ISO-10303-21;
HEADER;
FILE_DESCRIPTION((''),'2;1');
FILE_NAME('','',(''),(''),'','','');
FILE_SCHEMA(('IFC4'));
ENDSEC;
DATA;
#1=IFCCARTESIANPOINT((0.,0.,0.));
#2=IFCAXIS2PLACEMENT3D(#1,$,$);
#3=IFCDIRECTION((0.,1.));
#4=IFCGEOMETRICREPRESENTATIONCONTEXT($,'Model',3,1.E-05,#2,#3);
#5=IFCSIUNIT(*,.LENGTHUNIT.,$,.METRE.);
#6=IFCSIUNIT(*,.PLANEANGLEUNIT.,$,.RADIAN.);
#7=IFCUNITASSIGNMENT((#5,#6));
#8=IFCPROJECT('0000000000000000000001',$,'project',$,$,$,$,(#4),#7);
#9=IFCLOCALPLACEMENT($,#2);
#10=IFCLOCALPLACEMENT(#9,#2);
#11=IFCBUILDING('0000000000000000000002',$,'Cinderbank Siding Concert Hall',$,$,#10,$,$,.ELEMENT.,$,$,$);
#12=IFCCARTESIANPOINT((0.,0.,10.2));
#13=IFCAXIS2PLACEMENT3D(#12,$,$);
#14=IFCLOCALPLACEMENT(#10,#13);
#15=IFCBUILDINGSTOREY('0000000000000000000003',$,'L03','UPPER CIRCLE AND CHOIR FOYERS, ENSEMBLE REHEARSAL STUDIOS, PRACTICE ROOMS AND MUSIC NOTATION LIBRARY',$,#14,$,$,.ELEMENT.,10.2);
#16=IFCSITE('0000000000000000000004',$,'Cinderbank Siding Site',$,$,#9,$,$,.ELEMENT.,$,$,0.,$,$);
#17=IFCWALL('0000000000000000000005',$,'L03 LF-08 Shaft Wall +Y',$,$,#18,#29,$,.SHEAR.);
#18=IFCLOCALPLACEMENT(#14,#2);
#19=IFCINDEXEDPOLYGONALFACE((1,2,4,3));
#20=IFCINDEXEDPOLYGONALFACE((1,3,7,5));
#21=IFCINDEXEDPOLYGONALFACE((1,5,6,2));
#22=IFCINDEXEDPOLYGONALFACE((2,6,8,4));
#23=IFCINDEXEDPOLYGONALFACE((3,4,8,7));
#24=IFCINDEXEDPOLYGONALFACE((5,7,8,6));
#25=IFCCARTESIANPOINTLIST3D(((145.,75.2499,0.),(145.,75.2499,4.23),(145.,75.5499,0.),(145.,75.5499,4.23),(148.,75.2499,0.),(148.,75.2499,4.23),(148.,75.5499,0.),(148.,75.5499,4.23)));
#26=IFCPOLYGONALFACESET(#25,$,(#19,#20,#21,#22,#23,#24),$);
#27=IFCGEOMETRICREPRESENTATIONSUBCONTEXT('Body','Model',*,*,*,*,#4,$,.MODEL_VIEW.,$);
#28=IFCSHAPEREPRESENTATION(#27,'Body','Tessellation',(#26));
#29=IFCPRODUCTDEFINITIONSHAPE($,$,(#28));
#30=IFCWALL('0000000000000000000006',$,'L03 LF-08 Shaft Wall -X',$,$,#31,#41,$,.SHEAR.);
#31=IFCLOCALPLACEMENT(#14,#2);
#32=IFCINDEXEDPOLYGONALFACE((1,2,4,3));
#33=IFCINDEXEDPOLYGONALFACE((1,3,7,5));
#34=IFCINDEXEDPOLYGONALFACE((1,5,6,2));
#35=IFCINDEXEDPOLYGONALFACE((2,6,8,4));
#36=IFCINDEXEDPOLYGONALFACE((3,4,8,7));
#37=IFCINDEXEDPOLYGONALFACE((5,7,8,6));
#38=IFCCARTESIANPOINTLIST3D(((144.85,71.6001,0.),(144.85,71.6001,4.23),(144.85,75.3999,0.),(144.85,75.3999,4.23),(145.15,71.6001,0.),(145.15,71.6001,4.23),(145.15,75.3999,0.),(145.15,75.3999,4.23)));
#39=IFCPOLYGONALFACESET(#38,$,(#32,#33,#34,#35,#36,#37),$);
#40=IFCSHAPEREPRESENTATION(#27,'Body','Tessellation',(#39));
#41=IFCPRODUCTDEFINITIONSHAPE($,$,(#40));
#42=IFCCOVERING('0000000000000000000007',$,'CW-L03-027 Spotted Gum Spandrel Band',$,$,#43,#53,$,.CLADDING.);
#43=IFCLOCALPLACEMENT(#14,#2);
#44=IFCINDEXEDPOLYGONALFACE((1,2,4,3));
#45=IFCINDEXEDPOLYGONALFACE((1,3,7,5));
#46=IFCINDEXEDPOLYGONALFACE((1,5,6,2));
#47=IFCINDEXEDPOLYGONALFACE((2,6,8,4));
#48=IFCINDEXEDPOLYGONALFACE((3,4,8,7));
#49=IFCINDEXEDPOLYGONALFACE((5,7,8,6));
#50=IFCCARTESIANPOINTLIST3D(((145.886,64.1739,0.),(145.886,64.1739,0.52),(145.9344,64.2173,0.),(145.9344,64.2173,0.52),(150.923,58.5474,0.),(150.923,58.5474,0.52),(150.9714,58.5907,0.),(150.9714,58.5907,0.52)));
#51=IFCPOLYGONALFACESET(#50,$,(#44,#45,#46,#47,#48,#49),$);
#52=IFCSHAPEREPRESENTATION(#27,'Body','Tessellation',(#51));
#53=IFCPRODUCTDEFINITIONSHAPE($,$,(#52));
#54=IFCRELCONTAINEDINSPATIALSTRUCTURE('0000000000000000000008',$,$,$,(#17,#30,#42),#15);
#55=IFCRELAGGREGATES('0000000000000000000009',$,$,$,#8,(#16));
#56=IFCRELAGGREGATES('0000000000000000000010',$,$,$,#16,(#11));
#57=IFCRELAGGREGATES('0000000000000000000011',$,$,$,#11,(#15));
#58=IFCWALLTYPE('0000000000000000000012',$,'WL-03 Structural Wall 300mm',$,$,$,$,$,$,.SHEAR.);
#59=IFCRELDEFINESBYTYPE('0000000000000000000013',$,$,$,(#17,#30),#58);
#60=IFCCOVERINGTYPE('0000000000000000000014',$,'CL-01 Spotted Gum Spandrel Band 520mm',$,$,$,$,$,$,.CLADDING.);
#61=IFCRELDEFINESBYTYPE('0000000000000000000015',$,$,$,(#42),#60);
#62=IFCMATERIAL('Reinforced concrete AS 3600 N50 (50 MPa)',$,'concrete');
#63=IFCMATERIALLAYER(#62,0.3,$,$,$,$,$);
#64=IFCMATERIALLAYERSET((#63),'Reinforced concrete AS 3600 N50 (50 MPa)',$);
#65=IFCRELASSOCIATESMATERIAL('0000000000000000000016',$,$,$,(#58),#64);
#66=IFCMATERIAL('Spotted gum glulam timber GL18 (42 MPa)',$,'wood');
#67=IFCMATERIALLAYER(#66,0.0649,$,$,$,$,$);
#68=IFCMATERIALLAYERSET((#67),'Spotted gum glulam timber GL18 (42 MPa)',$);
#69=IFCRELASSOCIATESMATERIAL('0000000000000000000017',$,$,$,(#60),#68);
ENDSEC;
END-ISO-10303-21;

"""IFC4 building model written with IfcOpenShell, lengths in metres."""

from ifc_helpers import new_model, si_unit, direction, frame, frame_2d, origin, origin_2d, place, context, subcontext, project, spatial, rectangle, extrude, material, layer, layer_set, type_object, element, save


model = new_model("IFC4")

# Units and contexts
model_context = context("Model", 3, precision=1e-05, world=origin(), true_north=direction((0.0, 1.0)))
body_context = subcontext(model_context, "Body", "Model", "MODEL_VIEW")
ifc_project = project(units=[si_unit("LENGTHUNIT", "METRE"), si_unit("PLANEANGLEUNIT", "RADIAN")], contexts=[model_context])

# Site, building, storey
site_placement = place(None, origin())
site = spatial("IfcSite", under=ifc_project, at=site_placement, Name="Cinderbank Siding Site", CompositionType="ELEMENT", RefElevation=0.0)
building_placement = place(site_placement, origin())
building = spatial("IfcBuilding", under=site, at=building_placement, Name="Cinderbank Siding Concert Hall", CompositionType="ELEMENT")
storey_placement = place(building_placement, frame((0.0, 0.0, 10.2)))
storey = spatial("IfcBuildingStorey", under=building, at=storey_placement, Name="L03", Description="UPPER CIRCLE AND CHOIR FOYERS, ENSEMBLE REHEARSAL STUDIOS, PRACTICE ROOMS AND MUSIC NOTATION LIBRARY", CompositionType="ELEMENT", Elevation=10.2)

# Shared definitions
ifc_material_1 = material(Name="Reinforced concrete AS 3600 N50 (50 MPa)", Category="concrete")

# Shared definitions
ifc_material_2 = material(Name="Spotted gum glulam timber GL18 (42 MPa)", Category="wood")

# Shared definitions
ifc_layer_1 = layer(ifc_material_1, 0.3)
ifc_layer_set_1 = layer_set([ifc_layer_1], Name="Reinforced concrete AS 3600 N50 (50 MPa)")
wall_type = type_object("IfcWallType", Name="WL-03 Structural Wall 300mm", PredefinedType="SHEAR", material=ifc_layer_set_1)

# Walls
wall_1_placement = place(storey_placement, frame((145.0, 75.3999, 0.0), z_axis=(0.0, 0.0, 1.0), x_axis=(1.0, 0.0, 0.0)))
element("IfcWall", 1, at=wall_1_placement, inside=storey, type_object=wall_type, Name="L03 LF-08 Shaft Wall +Y", PredefinedType="SHEAR", context=body_context, shape_type="SweptSolid", body=[
    extrude(rectangle(XDim=3.0, YDim=0.3, at=frame_2d((1.5, 0.0))), origin(), (0.0, 0.0, 1.0), 4.23),
])
wall_2_placement = place(storey_placement, frame((145.0, 71.6001, 0.0), z_axis=(0.0, 0.0, 1.0), x_axis=(0.0, 1.0, 0.0)))
element("IfcWall", 2, at=wall_2_placement, inside=storey, type_object=wall_type, Name="L03 LF-08 Shaft Wall -X", PredefinedType="SHEAR", context=body_context, shape_type="SweptSolid", body=[
    extrude(rectangle(XDim=3.7998, YDim=0.3, at=frame_2d((1.8999, 0.0))), origin(), (0.0, 0.0, 1.0), 4.23),
])

# Covering
ifc_layer_2 = layer(ifc_material_2, 0.0649)
ifc_layer_set_2 = layer_set([ifc_layer_2], Name="Spotted gum glulam timber GL18 (42 MPa)")
covering_type = type_object("IfcCoveringType", Name="CL-01 Spotted Gum Spandrel Band 520mm", PredefinedType="CLADDING", material=ifc_layer_set_2)
covering_placement = place(storey_placement, frame((148.4287, 61.3823, 0.0), z_axis=(0.0, 0.0, 1.0), x_axis=(-0.666993, 0.745064, 0.0)))
element("IfcCovering", 3, at=covering_placement, inside=storey, type_object=covering_type, Name="CW-L03-027 Spotted Gum Spandrel Band", PredefinedType="CLADDING", context=body_context, shape_type="SweptSolid", body=[
    extrude(rectangle(XDim=7.5518, YDim=0.0649, at=origin_2d()), origin(), (0.0, 0.0, 1.0), 0.52),
])

save(model, "model.ifc")
